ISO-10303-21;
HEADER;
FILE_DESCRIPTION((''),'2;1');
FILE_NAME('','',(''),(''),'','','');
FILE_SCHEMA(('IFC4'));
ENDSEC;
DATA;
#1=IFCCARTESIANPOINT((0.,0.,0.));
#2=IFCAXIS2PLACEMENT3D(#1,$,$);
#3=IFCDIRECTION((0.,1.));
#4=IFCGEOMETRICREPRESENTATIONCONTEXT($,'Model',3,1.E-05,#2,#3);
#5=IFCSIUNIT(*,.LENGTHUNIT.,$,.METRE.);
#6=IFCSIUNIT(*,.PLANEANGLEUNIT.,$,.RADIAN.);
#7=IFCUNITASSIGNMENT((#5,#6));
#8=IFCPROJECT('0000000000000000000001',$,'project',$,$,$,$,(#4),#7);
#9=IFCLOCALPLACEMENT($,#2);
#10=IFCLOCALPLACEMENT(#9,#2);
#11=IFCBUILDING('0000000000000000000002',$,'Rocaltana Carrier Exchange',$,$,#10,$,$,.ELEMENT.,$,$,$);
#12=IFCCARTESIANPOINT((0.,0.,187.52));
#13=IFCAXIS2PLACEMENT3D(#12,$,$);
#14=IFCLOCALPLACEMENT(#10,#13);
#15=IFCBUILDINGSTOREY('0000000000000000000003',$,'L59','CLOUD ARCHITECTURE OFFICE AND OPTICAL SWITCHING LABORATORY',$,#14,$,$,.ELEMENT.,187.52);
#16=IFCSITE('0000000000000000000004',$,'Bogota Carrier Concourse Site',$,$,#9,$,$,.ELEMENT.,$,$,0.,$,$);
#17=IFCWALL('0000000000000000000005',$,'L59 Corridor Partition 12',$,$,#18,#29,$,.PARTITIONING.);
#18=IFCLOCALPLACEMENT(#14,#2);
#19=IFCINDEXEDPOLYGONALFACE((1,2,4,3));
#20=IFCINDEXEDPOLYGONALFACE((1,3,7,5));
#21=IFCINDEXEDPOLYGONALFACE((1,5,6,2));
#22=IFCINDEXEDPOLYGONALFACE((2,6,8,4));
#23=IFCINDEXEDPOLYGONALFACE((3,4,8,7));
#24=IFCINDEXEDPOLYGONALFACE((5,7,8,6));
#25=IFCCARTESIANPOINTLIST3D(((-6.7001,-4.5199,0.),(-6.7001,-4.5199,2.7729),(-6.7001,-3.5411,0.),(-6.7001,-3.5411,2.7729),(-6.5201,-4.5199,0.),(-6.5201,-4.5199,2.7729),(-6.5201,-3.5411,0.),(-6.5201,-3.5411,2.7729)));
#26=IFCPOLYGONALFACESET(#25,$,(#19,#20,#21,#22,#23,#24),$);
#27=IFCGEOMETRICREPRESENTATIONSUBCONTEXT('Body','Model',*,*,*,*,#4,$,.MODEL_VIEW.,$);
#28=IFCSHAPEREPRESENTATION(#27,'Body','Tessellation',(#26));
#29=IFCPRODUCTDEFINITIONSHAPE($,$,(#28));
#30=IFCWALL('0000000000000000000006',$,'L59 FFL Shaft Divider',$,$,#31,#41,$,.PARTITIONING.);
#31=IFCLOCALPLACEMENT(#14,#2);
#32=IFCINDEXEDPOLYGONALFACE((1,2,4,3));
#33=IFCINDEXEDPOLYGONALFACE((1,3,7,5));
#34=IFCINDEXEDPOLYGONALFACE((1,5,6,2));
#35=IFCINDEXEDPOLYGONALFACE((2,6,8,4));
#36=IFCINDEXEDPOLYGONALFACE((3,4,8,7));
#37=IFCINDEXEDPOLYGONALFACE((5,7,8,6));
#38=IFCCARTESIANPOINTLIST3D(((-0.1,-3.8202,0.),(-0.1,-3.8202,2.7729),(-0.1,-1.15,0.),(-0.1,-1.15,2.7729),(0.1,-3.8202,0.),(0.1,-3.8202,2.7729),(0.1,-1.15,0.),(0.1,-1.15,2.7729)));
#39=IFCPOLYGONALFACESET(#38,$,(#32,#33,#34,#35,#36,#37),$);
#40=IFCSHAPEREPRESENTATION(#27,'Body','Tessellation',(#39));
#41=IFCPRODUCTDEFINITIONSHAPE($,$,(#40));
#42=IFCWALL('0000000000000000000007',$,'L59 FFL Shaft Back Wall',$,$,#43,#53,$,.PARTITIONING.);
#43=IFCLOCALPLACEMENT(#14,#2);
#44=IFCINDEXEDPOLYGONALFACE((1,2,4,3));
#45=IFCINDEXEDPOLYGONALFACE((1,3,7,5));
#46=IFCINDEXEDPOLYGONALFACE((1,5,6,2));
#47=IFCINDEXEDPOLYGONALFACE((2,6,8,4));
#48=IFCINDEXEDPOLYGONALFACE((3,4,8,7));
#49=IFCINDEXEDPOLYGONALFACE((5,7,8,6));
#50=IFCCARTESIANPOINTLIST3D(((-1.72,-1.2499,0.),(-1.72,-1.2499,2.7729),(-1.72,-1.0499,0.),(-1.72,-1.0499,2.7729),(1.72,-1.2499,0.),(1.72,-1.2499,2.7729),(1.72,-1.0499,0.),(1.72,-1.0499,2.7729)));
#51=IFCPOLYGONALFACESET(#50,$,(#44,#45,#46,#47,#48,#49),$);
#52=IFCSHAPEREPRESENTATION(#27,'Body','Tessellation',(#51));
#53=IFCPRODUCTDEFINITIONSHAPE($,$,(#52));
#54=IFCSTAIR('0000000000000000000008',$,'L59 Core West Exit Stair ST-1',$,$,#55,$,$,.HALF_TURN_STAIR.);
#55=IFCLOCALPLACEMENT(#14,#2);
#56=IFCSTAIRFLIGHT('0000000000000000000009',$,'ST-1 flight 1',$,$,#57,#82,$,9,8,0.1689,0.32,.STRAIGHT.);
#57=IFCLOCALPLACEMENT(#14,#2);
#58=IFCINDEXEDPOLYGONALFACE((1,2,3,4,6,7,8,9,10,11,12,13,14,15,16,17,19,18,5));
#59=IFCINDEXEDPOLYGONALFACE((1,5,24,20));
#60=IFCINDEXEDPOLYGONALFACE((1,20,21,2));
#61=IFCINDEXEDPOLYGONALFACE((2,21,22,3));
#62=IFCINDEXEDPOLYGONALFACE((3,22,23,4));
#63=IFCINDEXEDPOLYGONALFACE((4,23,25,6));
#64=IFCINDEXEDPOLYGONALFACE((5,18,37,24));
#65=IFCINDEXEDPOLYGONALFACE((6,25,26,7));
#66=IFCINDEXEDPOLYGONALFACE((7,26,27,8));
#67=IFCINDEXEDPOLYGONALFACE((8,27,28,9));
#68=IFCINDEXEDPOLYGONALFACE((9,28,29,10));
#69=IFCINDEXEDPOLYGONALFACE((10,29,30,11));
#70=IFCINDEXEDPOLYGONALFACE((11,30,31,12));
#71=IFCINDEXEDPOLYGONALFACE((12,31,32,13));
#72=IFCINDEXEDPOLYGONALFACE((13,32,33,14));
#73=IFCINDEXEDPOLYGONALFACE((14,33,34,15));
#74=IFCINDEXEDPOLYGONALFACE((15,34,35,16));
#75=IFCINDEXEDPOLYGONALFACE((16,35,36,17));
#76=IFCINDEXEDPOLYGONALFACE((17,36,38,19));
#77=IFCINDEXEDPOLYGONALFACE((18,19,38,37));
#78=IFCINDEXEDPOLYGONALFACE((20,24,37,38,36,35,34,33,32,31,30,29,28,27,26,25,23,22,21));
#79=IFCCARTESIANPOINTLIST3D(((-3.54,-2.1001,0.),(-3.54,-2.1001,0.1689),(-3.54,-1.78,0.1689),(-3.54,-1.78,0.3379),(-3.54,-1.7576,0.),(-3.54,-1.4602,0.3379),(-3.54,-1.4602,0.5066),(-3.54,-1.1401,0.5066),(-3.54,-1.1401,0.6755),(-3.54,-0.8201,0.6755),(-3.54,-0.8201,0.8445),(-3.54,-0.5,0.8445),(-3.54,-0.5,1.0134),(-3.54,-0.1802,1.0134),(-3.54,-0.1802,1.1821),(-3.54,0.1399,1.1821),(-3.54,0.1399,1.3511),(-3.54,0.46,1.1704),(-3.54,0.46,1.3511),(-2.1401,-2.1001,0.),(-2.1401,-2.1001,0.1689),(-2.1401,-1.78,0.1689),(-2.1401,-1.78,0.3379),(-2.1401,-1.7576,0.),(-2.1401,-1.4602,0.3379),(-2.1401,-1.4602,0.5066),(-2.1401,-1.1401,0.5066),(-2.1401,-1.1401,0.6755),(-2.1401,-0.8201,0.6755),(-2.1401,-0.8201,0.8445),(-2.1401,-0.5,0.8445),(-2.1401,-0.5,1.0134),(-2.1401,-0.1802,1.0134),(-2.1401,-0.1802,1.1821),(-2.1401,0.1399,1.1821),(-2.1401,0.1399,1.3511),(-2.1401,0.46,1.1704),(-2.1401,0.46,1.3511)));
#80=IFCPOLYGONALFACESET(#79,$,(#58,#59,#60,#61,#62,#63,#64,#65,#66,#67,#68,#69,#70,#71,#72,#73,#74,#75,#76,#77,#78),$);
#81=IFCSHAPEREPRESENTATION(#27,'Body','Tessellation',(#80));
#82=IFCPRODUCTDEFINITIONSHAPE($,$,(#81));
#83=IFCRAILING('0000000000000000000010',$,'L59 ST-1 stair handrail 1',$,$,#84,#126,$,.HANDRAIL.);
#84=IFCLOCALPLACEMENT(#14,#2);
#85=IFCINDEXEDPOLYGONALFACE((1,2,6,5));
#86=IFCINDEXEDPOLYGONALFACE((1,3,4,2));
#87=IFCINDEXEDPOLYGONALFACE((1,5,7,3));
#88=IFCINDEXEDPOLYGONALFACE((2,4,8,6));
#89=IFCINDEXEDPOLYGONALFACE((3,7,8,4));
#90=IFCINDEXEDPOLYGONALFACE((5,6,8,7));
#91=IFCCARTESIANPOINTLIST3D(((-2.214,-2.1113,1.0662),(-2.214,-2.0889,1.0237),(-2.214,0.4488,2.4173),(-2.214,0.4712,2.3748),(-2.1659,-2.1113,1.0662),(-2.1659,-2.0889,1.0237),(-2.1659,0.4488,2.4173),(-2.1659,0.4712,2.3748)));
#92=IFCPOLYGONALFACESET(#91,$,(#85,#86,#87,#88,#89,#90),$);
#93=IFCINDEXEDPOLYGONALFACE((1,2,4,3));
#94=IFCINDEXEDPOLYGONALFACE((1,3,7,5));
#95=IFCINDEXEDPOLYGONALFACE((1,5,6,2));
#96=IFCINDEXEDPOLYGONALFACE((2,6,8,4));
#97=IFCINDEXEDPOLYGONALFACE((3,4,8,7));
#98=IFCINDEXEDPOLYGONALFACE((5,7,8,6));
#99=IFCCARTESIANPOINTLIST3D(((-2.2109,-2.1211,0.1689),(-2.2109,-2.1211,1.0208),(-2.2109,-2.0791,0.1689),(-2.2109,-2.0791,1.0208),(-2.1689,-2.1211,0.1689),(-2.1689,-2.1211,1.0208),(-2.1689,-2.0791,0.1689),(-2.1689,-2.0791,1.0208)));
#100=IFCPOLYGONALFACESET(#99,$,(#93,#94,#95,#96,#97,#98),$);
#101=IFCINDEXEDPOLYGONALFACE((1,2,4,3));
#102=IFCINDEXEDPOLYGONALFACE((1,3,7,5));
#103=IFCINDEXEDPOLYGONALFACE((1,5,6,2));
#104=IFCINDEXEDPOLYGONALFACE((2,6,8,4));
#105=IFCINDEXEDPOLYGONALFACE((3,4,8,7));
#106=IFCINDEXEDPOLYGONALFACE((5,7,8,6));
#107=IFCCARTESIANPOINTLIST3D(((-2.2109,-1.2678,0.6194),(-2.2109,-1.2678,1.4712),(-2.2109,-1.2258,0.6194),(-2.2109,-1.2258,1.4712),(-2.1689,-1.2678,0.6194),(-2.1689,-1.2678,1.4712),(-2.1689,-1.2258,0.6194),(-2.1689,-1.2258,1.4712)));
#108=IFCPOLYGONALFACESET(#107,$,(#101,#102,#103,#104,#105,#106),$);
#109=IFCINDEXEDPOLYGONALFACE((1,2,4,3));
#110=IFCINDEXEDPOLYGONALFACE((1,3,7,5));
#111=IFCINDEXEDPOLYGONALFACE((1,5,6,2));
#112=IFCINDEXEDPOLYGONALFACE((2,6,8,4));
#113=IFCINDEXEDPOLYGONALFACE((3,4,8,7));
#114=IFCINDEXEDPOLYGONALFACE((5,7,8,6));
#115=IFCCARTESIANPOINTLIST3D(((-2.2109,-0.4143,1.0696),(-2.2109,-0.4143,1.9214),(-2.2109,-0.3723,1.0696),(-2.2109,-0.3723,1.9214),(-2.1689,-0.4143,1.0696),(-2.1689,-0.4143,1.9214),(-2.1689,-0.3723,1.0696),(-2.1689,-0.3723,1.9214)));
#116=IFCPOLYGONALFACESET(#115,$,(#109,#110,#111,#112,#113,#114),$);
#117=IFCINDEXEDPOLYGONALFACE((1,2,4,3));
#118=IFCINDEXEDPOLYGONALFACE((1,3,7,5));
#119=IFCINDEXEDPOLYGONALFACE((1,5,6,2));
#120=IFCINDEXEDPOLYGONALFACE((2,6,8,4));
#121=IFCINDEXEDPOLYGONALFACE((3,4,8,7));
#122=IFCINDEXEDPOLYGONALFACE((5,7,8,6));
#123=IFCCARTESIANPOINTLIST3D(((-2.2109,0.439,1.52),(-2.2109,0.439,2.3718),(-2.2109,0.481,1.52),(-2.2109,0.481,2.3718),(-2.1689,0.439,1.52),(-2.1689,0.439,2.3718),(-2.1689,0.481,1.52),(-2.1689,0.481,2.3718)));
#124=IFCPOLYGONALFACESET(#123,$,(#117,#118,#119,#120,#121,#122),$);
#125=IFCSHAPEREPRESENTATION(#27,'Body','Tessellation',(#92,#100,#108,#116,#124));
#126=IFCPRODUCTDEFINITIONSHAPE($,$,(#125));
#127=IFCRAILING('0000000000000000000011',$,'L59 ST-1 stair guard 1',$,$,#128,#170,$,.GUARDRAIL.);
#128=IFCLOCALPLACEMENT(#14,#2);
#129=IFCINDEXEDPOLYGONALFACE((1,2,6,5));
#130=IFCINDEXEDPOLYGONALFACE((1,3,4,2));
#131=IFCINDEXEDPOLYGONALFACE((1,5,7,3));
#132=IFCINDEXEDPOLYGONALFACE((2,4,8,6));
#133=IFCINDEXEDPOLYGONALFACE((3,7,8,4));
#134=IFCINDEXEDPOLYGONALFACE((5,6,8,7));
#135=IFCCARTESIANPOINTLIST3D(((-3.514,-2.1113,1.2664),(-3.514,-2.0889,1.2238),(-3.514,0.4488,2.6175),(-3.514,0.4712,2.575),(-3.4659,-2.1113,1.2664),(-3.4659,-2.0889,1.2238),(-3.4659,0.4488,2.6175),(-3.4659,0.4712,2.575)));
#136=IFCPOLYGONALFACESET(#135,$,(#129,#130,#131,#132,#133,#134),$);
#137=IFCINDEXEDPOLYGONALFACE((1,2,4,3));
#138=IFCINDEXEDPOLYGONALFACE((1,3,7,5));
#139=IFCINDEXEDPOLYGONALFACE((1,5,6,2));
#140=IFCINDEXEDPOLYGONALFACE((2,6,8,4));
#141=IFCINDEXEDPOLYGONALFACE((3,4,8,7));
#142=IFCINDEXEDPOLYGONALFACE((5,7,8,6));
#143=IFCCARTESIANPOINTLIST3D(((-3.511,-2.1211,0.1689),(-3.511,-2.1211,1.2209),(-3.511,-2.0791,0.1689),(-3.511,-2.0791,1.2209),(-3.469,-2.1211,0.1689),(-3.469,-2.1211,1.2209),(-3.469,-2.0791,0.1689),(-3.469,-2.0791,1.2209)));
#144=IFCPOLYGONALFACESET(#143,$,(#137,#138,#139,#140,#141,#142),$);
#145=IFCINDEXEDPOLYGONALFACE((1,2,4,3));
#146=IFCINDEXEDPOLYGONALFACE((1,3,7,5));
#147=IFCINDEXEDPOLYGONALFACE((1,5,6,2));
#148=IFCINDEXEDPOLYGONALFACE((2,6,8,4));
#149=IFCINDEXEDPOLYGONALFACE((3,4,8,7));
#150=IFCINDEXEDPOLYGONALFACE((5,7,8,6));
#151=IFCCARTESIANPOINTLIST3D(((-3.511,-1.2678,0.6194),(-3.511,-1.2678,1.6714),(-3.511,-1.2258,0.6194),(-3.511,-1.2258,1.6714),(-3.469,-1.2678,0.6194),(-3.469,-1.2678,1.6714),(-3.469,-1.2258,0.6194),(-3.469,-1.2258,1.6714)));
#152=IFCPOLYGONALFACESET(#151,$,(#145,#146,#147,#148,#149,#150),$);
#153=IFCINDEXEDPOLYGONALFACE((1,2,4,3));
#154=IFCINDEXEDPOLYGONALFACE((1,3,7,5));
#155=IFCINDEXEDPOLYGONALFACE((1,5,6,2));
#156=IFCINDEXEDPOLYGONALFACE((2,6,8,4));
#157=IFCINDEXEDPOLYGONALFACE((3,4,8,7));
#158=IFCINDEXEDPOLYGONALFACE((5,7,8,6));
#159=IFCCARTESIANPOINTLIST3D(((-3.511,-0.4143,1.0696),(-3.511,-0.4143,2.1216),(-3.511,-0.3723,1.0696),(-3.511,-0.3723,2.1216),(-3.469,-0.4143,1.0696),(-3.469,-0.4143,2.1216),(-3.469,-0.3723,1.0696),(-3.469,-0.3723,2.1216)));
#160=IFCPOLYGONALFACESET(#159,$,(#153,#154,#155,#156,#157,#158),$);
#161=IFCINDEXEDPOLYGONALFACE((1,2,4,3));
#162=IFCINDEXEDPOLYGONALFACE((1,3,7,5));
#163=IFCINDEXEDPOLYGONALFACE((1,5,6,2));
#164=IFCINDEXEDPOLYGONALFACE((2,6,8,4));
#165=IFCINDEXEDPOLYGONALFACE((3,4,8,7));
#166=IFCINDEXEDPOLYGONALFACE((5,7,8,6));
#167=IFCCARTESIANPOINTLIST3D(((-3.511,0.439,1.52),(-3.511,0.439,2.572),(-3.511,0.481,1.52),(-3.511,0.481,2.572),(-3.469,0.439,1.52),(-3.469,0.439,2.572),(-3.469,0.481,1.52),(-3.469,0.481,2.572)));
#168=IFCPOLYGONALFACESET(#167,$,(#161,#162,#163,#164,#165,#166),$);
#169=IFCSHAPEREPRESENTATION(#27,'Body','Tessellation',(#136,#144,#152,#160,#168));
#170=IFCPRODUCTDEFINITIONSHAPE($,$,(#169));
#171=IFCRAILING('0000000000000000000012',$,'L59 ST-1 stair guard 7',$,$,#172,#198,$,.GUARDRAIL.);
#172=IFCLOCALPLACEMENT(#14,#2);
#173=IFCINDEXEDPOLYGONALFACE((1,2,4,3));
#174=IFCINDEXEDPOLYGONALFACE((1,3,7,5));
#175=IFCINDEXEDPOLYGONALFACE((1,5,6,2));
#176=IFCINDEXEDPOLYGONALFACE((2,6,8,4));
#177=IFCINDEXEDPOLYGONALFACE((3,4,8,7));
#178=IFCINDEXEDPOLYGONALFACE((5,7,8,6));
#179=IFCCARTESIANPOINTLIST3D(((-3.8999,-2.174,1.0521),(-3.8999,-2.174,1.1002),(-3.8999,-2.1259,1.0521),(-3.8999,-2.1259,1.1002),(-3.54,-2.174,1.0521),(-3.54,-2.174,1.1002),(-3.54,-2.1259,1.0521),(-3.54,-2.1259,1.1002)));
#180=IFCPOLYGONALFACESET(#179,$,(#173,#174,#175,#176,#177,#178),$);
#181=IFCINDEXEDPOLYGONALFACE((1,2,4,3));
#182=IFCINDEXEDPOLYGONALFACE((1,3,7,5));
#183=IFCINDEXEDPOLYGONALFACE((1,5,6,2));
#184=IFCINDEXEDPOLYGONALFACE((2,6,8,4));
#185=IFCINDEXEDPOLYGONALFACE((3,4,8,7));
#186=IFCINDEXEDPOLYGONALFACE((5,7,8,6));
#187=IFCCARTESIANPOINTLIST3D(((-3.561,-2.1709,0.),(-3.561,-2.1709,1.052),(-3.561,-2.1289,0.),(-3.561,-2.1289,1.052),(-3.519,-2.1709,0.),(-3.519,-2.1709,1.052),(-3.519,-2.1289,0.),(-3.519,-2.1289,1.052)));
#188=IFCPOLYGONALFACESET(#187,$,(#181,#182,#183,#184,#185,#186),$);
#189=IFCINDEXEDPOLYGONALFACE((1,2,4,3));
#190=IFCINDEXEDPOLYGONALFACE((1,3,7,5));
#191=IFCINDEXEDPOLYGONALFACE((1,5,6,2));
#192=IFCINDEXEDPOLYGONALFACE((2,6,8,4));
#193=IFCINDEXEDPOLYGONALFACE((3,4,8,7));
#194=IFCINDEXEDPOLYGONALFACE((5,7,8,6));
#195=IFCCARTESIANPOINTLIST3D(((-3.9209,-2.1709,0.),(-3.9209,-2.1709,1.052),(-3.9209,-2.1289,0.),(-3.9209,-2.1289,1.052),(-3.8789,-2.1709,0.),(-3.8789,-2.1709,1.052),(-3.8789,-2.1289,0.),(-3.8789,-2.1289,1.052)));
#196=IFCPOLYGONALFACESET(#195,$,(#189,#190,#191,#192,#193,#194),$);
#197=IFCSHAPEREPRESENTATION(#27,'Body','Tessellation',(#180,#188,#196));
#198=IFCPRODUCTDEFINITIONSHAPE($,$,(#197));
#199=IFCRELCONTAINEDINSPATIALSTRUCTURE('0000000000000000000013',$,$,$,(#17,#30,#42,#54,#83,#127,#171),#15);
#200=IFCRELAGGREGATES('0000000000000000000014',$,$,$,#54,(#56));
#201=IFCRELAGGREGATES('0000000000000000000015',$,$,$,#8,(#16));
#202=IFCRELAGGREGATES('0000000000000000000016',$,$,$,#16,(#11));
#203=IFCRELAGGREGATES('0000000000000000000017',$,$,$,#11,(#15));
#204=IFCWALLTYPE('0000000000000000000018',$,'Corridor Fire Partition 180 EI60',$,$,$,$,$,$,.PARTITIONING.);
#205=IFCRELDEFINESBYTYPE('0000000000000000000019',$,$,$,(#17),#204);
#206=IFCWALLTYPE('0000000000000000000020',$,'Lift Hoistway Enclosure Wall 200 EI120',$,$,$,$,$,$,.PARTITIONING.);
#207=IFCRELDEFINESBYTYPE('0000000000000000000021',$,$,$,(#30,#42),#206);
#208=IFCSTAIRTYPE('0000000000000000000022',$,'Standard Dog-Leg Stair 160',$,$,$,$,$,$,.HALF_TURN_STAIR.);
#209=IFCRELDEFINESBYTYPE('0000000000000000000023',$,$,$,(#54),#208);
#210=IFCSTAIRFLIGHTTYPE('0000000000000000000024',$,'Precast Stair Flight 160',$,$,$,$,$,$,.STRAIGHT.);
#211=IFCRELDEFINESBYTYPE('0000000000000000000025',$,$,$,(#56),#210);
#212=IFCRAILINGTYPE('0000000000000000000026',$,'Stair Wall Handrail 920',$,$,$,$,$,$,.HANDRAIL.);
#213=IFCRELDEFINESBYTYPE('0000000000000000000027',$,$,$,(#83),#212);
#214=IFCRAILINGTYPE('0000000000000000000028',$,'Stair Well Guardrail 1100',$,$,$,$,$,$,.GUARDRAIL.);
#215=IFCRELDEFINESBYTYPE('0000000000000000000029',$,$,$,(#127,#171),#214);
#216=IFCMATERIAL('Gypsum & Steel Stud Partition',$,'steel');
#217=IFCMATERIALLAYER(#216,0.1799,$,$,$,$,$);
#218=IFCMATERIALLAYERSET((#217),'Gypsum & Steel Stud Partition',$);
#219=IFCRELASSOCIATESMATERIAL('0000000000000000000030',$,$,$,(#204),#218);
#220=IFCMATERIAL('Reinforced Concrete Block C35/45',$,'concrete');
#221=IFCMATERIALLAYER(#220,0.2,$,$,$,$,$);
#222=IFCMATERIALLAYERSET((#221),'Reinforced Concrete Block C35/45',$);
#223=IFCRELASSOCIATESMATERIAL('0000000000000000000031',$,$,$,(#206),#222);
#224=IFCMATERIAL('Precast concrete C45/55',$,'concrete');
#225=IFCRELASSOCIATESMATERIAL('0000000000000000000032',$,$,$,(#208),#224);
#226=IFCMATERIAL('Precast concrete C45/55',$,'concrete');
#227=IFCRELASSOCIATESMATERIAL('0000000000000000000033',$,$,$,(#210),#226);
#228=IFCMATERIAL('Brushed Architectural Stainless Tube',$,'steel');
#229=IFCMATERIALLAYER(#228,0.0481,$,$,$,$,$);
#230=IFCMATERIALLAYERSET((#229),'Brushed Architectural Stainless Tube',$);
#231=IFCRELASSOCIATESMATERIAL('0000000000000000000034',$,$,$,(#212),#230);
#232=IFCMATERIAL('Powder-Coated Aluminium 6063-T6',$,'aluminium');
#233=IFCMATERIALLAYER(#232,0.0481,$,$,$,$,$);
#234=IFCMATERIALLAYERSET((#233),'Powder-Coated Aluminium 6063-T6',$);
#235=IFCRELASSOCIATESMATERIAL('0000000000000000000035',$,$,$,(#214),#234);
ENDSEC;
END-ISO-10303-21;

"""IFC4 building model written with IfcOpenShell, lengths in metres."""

from ifc_helpers import new_model, si_unit, direction, frame, frame_2d, origin, origin_2d, place, context, subcontext, project, spatial, polyline, rectangle, outline, extrude, material, layer, layer_set, type_object, element, aggregate, save


model = new_model("IFC4")

# Units and contexts
model_context = context("Model", 3, precision=1e-05, world=origin(), true_north=direction((0.0, 1.0)))
body_context = subcontext(model_context, "Body", "Model", "MODEL_VIEW")
ifc_project = project(units=[si_unit("LENGTHUNIT", "METRE"), si_unit("PLANEANGLEUNIT", "RADIAN")], contexts=[model_context])

# Site, building, storey
site_placement = place(None, origin())
site = spatial("IfcSite", under=ifc_project, at=site_placement, Name="Bogota Carrier Concourse Site", CompositionType="ELEMENT", RefElevation=0.0)
building_placement = place(site_placement, origin())
building = spatial("IfcBuilding", under=site, at=building_placement, Name="Rocaltana Carrier Exchange", CompositionType="ELEMENT")
storey_placement = place(building_placement, frame((0.0, 0.0, 187.52)))
storey = spatial("IfcBuildingStorey", under=building, at=storey_placement, Name="L59", Description="CLOUD ARCHITECTURE OFFICE AND OPTICAL SWITCHING LABORATORY", CompositionType="ELEMENT", Elevation=187.52)

# Walls
ifc_material_1 = material(Name="Gypsum & Steel Stud Partition", Category="steel")
ifc_layer_1 = layer(ifc_material_1, 0.1799)
ifc_layer_set_1 = layer_set([ifc_layer_1], Name="Gypsum & Steel Stud Partition")
wall_type_1 = type_object("IfcWallType", Name="Corridor Fire Partition 180 EI60", PredefinedType="PARTITIONING", material=ifc_layer_set_1)
wall_1_placement = place(storey_placement, frame((-6.6101, -3.5413, 0.0), z_axis=(0.0, 0.0, 1.0), x_axis=(0.0, -1.0, 0.0)))
element("IfcWall", 1, at=wall_1_placement, inside=storey, type_object=wall_type_1, Name="L59 Corridor Partition 12", PredefinedType="PARTITIONING", context=body_context, shape_type="SweptSolid", body=[
    extrude(rectangle(XDim=0.9788, YDim=0.1799, at=frame_2d((0.4893, 0.0))), origin(), (0.0, 0.0, 1.0), 2.7729),
])
ifc_material_2 = material(Name="Reinforced Concrete Block C35/45", Category="concrete")
ifc_layer_2 = layer(ifc_material_2, 0.2)
ifc_layer_set_2 = layer_set([ifc_layer_2], Name="Reinforced Concrete Block C35/45")
wall_type_2 = type_object("IfcWallType", Name="Lift Hoistway Enclosure Wall 200 EI120", PredefinedType="PARTITIONING", material=ifc_layer_set_2)
wall_2_placement = place(storey_placement, frame((0.0, -3.8201, 0.0), z_axis=(0.0, 0.0, 1.0), x_axis=(0.0, 1.0, 0.0)))
element("IfcWall", 2, at=wall_2_placement, inside=storey, type_object=wall_type_2, Name="L59 FFL Shaft Divider", PredefinedType="PARTITIONING", context=body_context, shape_type="SweptSolid", body=[
    extrude(rectangle(XDim=2.6702, YDim=0.2, at=frame_2d((1.335, 0.0))), origin(), (0.0, 0.0, 1.0), 2.7729),
])
wall_3_placement = place(storey_placement, frame((-1.72, -1.1499, 0.0), z_axis=(0.0, 0.0, 1.0), x_axis=(1.0, 0.0, 0.0)))
element("IfcWall", 3, at=wall_3_placement, inside=storey, type_object=wall_type_2, Name="L59 FFL Shaft Back Wall", PredefinedType="PARTITIONING", context=body_context, shape_type="SweptSolid", body=[
    extrude(rectangle(XDim=3.4399, YDim=0.2, at=frame_2d((1.72, 0.0))), origin(), (0.0, 0.0, 1.0), 2.7729),
])

# Stair, stair flight
ifc_material_3 = material(Name="Precast concrete C45/55", Category="concrete")
stair_type = type_object("IfcStairType", Name="Standard Dog-Leg Stair 160", PredefinedType="HALF_TURN_STAIR", material=ifc_material_3)
stair_placement = place(storey_placement, origin())
stair = element("IfcStair", 4, at=stair_placement, inside=storey, type_object=stair_type, Name="L59 Core West Exit Stair ST-1", PredefinedType="HALF_TURN_STAIR")
ifc_material_4 = material(Name="Precast concrete C45/55", Category="concrete")
stair_flight_type = type_object("IfcStairFlightType", Name="Precast Stair Flight 160", PredefinedType="STRAIGHT", material=ifc_material_4)
stair_flight_placement = place(storey_placement, frame((-2.8401, -2.1001, 0.0), z_axis=(0.0, 0.0, 1.0), x_axis=(0.0, 1.0, 0.0)))
stair_flight = element("IfcStairFlight", 5, at=stair_flight_placement, type_object=stair_flight_type, Name="ST-1 flight 1", NumberOfRisers=9, NumberOfTreads=8, PredefinedType="STRAIGHT", RiserHeight=0.1689, TreadLength=0.32, context=body_context, shape_type="SweptSolid", body=[
    extrude(outline(polyline([(0.0, 0.0), (0.0, 0.1689), (0.3201, 0.1689), (0.3201, 0.3379), (0.6399, 0.3379), (0.6399, 0.5066), (0.96, 0.5066), (0.96, 0.6755), (1.28, 0.6755), (1.28, 0.8445), (1.6001, 0.8445), (1.6001, 1.0134), (1.9199, 1.0134), (1.9199, 1.1821), (2.24, 1.1821), (2.24, 1.3511), (2.5601, 1.3511), (2.5601, 1.52), (2.5601, 1.1704), (0.3425, 0.0), (0.0, 0.0)])), frame((0.0, 0.7, 0.0), z_axis=(0.0, -1.0, 0.0), x_axis=(1.0, 0.0, 0.0)), (0.0, 0.0, 1.0), 1.3999),
])
aggregate(stair, [stair_flight])

# Railings
ifc_material_5 = material(Name="Brushed Architectural Stainless Tube", Category="steel")
ifc_layer_3 = layer(ifc_material_5, 0.0481)
ifc_layer_set_3 = layer_set([ifc_layer_3], Name="Brushed Architectural Stainless Tube")
railing_type_1 = type_object("IfcRailingType", Name="Stair Wall Handrail 920", PredefinedType="HANDRAIL", material=ifc_layer_set_3)
railing_1_placement = place(storey_placement, frame((-2.1899, -2.1001, 0.1689)))
element("IfcRailing", 6, at=railing_1_placement, inside=storey, type_object=railing_type_1, Name="L59 ST-1 stair handrail 1", PredefinedType="HANDRAIL", context=body_context, shape_type="SweptSolid", body=[
    extrude(rectangle(XDim=0.0481, YDim=0.0481, at=origin_2d()), frame((0.0, 0.0, 0.876), z_axis=(0.0, 0.884394, 0.46674), x_axis=(-1.0, 0.0, 0.0)), (0.0, 0.0, 1.0), 2.8948),
    extrude(rectangle(XDim=0.042, YDim=0.042, at=origin_2d()), origin(), (0.0, 0.0, 1.0), 0.8518),
    extrude(rectangle(XDim=0.042, YDim=0.042, at=origin_2d()), frame((0.0, 0.8533, 0.4504)), (0.0, 0.0, 1.0), 0.8518),
    extrude(rectangle(XDim=0.042, YDim=0.042, at=origin_2d()), frame((0.0, 1.7068, 0.9006)), (0.0, 0.0, 1.0), 0.8518),
    extrude(rectangle(XDim=0.042, YDim=0.042, at=origin_2d()), frame((0.0, 2.5601, 1.3511)), (0.0, 0.0, 1.0), 0.8518),
])
ifc_material_6 = material(Name="Powder-Coated Aluminium 6063-T6", Category="aluminium")
ifc_layer_4 = layer(ifc_material_6, 0.0481)
ifc_layer_set_4 = layer_set([ifc_layer_4], Name="Powder-Coated Aluminium 6063-T6")
railing_type_2 = type_object("IfcRailingType", Name="Stair Well Guardrail 1100", PredefinedType="GUARDRAIL", material=ifc_layer_set_4)
railing_2_placement = place(storey_placement, frame((-3.49, -2.1001, 0.1689)))
element("IfcRailing", 7, at=railing_2_placement, inside=storey, type_object=railing_type_2, Name="L59 ST-1 stair guard 1", PredefinedType="GUARDRAIL", context=body_context, shape_type="SweptSolid", body=[
    extrude(rectangle(XDim=0.0481, YDim=0.0481, at=origin_2d()), frame((0.0, 0.0, 1.0762), z_axis=(0.0, 0.884394, 0.46674), x_axis=(-1.0, 0.0, 0.0)), (0.0, 0.0, 1.0), 2.8948),
    extrude(rectangle(XDim=0.042, YDim=0.042, at=origin_2d()), origin(), (0.0, 0.0, 1.0), 1.052),
    extrude(rectangle(XDim=0.042, YDim=0.042, at=origin_2d()), frame((0.0, 0.8533, 0.4504)), (0.0, 0.0, 1.0), 1.052),
    extrude(rectangle(XDim=0.042, YDim=0.042, at=origin_2d()), frame((0.0, 1.7068, 0.9006)), (0.0, 0.0, 1.0), 1.052),
    extrude(rectangle(XDim=0.042, YDim=0.042, at=origin_2d()), frame((0.0, 2.5601, 1.3511)), (0.0, 0.0, 1.0), 1.052),
])
railing_3_placement = place(storey_placement, frame((-3.54, -2.1499, 0.0)))
element("IfcRailing", 8, at=railing_3_placement, inside=storey, type_object=railing_type_2, Name="L59 ST-1 stair guard 7", PredefinedType="GUARDRAIL", context=body_context, shape_type="SweptSolid", body=[
    extrude(rectangle(XDim=0.0481, YDim=0.0481, at=origin_2d()), frame((0.0, 0.0, 1.0762), z_axis=(-1.0, 0.0, 0.0), x_axis=(0.0, -1.0, 0.0)), (0.0, 0.0, 1.0), 0.3599),
    extrude(rectangle(XDim=0.042, YDim=0.042, at=origin_2d()), origin(), (0.0, 0.0, 1.0), 1.052),
    extrude(rectangle(XDim=0.042, YDim=0.042, at=origin_2d()), frame((-0.3599, 0.0, 0.0)), (0.0, 0.0, 1.0), 1.052),
])

save(model, "model.ifc")
